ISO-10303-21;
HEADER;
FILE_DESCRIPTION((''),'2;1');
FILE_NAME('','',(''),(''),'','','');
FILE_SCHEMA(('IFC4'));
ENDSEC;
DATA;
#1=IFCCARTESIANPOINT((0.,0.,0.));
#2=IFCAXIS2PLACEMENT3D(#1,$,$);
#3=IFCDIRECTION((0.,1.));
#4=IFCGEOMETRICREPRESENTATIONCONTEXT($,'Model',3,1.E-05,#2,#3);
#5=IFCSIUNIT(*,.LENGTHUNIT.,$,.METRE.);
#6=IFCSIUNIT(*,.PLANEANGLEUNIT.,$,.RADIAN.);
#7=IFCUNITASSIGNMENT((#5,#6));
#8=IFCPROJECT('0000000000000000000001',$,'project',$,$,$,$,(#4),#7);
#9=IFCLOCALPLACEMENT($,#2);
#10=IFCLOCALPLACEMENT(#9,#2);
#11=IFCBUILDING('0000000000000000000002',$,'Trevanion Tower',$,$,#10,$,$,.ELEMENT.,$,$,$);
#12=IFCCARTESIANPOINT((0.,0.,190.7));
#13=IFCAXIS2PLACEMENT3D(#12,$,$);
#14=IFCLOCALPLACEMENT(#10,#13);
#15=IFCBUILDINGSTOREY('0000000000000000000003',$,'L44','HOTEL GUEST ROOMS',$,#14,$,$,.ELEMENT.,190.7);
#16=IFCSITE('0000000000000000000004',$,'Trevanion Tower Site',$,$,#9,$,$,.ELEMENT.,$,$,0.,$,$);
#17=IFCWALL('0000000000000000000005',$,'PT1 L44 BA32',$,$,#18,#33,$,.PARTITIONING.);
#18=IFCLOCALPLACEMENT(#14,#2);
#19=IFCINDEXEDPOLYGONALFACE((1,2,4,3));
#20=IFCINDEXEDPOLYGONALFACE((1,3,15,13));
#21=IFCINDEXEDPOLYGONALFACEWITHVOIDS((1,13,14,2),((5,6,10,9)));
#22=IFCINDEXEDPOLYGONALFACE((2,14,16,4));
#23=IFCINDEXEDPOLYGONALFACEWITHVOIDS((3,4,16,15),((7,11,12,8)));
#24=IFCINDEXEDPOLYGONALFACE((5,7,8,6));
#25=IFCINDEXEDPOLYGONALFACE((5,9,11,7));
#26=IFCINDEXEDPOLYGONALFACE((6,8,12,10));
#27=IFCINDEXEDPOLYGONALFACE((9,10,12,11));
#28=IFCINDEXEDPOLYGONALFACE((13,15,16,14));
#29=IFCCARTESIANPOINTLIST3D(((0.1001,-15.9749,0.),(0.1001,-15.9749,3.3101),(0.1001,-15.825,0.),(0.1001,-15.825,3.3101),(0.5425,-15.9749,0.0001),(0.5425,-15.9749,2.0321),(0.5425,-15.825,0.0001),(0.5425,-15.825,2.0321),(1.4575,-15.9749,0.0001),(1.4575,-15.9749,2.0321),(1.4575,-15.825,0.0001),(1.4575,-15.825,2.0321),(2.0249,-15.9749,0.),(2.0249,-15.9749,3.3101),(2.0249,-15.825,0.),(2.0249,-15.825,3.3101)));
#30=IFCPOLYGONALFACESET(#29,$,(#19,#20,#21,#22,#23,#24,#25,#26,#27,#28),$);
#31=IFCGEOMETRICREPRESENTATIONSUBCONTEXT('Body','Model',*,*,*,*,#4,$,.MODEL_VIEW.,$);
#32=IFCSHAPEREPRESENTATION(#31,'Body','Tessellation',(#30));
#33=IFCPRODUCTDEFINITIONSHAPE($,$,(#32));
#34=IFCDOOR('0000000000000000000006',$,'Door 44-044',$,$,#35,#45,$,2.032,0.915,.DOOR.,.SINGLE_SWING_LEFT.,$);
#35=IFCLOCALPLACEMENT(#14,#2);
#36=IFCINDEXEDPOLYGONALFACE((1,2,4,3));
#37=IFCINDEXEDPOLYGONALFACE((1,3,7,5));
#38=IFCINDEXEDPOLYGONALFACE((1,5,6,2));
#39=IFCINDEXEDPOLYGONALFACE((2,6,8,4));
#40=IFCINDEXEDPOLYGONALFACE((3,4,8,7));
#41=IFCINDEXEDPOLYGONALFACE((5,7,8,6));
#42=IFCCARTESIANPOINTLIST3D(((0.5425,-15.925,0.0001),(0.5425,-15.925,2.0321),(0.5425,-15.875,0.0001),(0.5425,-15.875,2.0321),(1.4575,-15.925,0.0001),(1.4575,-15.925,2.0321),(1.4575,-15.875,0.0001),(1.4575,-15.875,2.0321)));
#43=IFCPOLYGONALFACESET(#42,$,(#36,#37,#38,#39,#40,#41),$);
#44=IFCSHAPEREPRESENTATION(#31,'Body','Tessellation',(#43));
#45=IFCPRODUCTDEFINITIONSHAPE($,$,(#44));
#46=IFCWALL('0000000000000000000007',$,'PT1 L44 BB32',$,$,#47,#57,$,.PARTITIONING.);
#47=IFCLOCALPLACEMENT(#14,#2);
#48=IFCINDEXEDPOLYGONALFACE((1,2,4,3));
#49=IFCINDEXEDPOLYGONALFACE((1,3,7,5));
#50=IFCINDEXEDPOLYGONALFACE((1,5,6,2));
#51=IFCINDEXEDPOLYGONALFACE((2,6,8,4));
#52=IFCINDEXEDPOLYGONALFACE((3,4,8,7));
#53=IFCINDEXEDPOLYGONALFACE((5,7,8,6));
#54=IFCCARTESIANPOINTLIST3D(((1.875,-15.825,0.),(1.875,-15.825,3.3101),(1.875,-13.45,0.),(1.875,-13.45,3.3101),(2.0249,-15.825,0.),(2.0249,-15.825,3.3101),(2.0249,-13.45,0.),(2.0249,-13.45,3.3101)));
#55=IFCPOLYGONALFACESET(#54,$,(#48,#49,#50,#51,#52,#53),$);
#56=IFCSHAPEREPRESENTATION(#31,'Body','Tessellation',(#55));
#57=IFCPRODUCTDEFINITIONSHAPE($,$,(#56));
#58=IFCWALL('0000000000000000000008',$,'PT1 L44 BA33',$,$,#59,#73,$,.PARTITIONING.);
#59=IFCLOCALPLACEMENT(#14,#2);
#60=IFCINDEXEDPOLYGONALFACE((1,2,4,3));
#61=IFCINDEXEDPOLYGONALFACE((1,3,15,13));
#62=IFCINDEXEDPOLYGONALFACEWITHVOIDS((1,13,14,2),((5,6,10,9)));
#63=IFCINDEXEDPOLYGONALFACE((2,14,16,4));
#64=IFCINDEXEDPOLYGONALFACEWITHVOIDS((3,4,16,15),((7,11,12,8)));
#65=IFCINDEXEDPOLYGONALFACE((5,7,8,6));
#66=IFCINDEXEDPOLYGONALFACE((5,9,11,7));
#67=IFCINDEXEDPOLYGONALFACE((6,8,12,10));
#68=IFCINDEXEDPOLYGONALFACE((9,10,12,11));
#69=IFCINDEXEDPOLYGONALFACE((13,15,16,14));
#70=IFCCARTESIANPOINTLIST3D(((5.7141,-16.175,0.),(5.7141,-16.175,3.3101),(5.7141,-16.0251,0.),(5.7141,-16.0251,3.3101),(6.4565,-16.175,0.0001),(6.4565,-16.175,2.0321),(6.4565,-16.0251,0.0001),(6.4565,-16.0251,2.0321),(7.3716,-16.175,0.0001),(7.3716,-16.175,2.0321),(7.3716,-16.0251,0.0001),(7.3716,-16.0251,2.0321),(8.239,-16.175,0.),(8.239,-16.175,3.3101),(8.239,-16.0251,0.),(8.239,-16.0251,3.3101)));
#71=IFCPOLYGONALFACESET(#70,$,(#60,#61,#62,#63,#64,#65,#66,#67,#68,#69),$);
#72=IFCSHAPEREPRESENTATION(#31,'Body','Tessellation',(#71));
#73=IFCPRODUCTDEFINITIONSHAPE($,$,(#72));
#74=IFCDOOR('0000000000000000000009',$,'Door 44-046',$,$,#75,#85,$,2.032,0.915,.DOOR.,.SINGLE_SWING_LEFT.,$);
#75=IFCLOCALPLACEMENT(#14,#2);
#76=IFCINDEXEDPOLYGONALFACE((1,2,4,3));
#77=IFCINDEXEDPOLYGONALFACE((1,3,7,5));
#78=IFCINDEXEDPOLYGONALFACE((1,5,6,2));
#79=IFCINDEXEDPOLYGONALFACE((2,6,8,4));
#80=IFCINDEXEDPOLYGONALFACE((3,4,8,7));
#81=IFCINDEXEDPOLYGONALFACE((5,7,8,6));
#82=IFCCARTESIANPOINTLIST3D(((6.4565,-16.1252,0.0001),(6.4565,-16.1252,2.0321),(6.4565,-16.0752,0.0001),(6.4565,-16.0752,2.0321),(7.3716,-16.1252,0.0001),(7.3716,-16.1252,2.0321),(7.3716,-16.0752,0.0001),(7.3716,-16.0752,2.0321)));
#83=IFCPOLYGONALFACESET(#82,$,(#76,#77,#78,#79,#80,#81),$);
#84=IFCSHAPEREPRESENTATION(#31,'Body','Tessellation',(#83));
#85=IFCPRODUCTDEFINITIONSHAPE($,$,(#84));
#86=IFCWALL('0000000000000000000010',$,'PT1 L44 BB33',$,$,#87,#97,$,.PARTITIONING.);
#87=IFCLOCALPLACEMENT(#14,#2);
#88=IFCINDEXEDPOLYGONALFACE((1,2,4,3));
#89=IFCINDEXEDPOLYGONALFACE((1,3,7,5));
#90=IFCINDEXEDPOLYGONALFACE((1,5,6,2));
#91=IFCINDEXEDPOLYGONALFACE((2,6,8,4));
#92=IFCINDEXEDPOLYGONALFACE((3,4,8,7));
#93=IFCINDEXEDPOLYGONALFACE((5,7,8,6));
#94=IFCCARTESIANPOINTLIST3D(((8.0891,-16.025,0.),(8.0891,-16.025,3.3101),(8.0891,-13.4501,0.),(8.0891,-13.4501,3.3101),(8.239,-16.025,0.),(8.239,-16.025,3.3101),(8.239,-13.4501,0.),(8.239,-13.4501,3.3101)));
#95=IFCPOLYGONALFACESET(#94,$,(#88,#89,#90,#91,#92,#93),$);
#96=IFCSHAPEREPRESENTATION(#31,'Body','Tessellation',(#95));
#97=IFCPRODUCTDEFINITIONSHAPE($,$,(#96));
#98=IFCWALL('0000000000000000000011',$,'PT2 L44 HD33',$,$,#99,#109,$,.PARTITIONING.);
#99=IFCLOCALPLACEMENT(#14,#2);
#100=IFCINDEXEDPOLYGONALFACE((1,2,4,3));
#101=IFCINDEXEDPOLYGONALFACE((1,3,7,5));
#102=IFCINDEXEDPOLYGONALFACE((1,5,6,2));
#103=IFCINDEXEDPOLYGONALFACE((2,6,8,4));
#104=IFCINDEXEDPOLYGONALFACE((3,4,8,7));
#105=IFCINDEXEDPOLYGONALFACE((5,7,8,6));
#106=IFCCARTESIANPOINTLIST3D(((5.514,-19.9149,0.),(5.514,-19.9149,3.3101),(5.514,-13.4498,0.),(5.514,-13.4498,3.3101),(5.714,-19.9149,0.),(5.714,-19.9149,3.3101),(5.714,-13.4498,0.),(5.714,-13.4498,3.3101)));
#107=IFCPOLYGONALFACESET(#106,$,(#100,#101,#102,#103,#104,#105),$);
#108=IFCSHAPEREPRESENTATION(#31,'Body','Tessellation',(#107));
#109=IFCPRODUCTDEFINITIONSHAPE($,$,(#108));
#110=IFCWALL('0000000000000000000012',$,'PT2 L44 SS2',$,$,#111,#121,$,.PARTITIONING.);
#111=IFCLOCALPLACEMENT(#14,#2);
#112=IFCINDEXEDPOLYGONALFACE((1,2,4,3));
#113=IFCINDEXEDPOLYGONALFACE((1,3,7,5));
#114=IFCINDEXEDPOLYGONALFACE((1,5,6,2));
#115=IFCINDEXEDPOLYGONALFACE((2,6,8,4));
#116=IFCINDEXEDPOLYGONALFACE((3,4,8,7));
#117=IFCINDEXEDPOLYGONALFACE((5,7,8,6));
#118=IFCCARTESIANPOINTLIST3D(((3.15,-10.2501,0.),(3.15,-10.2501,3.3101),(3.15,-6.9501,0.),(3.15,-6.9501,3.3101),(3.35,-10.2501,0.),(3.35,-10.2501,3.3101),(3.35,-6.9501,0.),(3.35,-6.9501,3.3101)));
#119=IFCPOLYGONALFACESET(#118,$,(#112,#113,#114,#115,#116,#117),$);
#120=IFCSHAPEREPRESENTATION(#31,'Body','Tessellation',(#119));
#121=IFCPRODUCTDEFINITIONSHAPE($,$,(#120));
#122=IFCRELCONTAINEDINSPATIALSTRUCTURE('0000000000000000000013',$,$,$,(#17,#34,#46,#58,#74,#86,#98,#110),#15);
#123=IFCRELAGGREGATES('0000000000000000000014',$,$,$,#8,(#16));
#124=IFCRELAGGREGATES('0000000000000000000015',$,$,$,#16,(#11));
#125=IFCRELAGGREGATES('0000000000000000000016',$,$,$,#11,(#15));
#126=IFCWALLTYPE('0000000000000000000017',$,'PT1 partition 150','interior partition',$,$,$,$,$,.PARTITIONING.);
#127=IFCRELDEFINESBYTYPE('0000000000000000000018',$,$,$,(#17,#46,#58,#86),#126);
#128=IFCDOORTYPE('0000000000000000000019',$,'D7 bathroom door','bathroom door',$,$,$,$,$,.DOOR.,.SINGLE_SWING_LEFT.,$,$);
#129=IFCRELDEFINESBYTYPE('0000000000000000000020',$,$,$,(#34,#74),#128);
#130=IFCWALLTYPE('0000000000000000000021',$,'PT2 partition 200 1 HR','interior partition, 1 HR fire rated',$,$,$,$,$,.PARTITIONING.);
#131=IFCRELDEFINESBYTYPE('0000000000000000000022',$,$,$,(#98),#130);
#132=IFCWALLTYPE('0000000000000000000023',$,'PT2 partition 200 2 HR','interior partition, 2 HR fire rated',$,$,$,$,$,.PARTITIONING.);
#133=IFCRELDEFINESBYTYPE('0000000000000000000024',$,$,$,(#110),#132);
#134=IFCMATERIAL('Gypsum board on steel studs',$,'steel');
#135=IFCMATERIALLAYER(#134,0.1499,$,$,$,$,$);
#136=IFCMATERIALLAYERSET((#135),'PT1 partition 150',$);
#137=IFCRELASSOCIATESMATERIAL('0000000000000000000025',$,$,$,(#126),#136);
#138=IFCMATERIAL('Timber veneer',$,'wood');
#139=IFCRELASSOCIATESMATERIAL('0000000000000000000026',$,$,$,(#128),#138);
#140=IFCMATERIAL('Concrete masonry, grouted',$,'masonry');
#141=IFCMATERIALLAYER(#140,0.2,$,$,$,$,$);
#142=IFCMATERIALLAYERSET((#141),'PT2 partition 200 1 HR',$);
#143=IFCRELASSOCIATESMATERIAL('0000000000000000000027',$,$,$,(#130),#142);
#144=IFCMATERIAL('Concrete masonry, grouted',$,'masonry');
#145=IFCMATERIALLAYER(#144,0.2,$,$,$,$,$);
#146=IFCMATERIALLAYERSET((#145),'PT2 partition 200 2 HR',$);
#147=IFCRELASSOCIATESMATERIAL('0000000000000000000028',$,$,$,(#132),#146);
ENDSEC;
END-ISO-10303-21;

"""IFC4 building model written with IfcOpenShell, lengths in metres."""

from ifc_helpers import new_model, si_unit, direction, frame, frame_2d, origin, place, context, subcontext, project, spatial, rectangle, extrude, material, layer, layer_set, type_object, element, fill, save


model = new_model("IFC4")

# Units and contexts
model_context = context("Model", 3, precision=1e-05, world=origin(), true_north=direction((0.0, 1.0)))
body_context = subcontext(model_context, "Body", "Model", "MODEL_VIEW")
ifc_project = project(units=[si_unit("LENGTHUNIT", "METRE"), si_unit("PLANEANGLEUNIT", "RADIAN")], contexts=[model_context])

# Site, building, storey
site_placement = place(None, origin())
site = spatial("IfcSite", under=ifc_project, at=site_placement, Name="Trevanion Tower Site", CompositionType="ELEMENT", RefElevation=0.0)
building_placement = place(site_placement, origin())
building = spatial("IfcBuilding", under=site, at=building_placement, Name="Trevanion Tower", CompositionType="ELEMENT")
storey_placement = place(building_placement, frame((0.0, 0.0, 190.7)))
storey = spatial("IfcBuildingStorey", under=building, at=storey_placement, Name="L44", Description="HOTEL GUEST ROOMS", CompositionType="ELEMENT", Elevation=190.7)

# Wall, opening, door
ifc_material_1 = material(Name="Gypsum board on steel studs", Category="steel")
ifc_layer_1 = layer(ifc_material_1, 0.1499)
ifc_layer_set_1 = layer_set([ifc_layer_1], Name="PT1 partition 150")
wall_type_1 = type_object("IfcWallType", Name="PT1 partition 150", Description="interior partition", PredefinedType="PARTITIONING", material=ifc_layer_set_1)
wall_1_placement = place(storey_placement, frame((0.1001, -15.8999, 0.0), z_axis=(0.0, 0.0, 1.0), x_axis=(1.0, 0.0, 0.0)))
wall_1 = element("IfcWall", 1, at=wall_1_placement, inside=storey, type_object=wall_type_1, Name="PT1 L44 BA32", PredefinedType="PARTITIONING", context=body_context, shape_type="SweptSolid", body=[
    extrude(rectangle(XDim=1.9248, YDim=0.1499, at=frame_2d((0.9624, 0.0))), origin(), (0.0, 0.0, 1.0), 3.3101),
])
opening_1_placement = place(wall_1_placement, frame((0.4424, 0.0, 0.0)))
opening_1 = element("IfcOpeningElement", 2, at=opening_1_placement, cuts=wall_1, PredefinedType="OPENING", context=body_context, shape_type="SweptSolid", body=[
    extrude(rectangle(XDim=0.915, YDim=2.032, at=frame_2d((0.4575, 1.0161))), frame((0.0, 0.085, 0.0), z_axis=(0.0, -1.0, 0.0), x_axis=(1.0, 0.0, 0.0)), (0.0, 0.0, 1.0), 0.1699),
])
ifc_material_2 = material(Name="Timber veneer", Category="wood")
door_type = type_object("IfcDoorType", Name="D7 bathroom door", Description="bathroom door", OperationType="SINGLE_SWING_LEFT", PredefinedType="DOOR", material=ifc_material_2)
door_1_placement = place(opening_1_placement, origin())
door_1 = element("IfcDoor", 3, at=door_1_placement, inside=storey, type_object=door_type, Name="Door 44-044", OperationType="SINGLE_SWING_LEFT", OverallHeight=2.032, OverallWidth=0.915, PredefinedType="DOOR", context=body_context, shape_type="SweptSolid", body=[
    extrude(rectangle(XDim=0.915, YDim=2.032, at=frame_2d((0.4575, 1.0161))), frame((0.0, 0.0249, 0.0), z_axis=(0.0, -1.0, 0.0), x_axis=(1.0, 0.0, 0.0)), (0.0, 0.0, 1.0), 0.05),
])
fill(opening_1, door_1)

# Wall
wall_2_placement = place(storey_placement, frame((1.95, -13.45, 0.0), z_axis=(0.0, 0.0, 1.0), x_axis=(0.0, -1.0, 0.0)))
element("IfcWall", 4, at=wall_2_placement, inside=storey, type_object=wall_type_1, Name="PT1 L44 BB32", PredefinedType="PARTITIONING", context=body_context, shape_type="SweptSolid", body=[
    extrude(rectangle(XDim=2.375, YDim=0.1499, at=frame_2d((1.1875, 0.0))), origin(), (0.0, 0.0, 1.0), 3.3101),
])

# Wall, opening, door
wall_3_placement = place(storey_placement, frame((5.7141, -16.1001, 0.0), z_axis=(0.0, 0.0, 1.0), x_axis=(1.0, 0.0, 0.0)))
wall_3 = element("IfcWall", 5, at=wall_3_placement, inside=storey, type_object=wall_type_1, Name="PT1 L44 BA33", PredefinedType="PARTITIONING", context=body_context, shape_type="SweptSolid", body=[
    extrude(rectangle(XDim=2.5249, YDim=0.1499, at=frame_2d((1.2625, 0.0))), origin(), (0.0, 0.0, 1.0), 3.3101),
])
opening_2_placement = place(wall_3_placement, frame((0.7424, 0.0, 0.0)))
opening_2 = element("IfcOpeningElement", 6, at=opening_2_placement, cuts=wall_3, PredefinedType="OPENING", context=body_context, shape_type="SweptSolid", body=[
    extrude(rectangle(XDim=0.915, YDim=2.032, at=frame_2d((0.4575, 1.0161))), frame((0.0, 0.085, 0.0), z_axis=(0.0, -1.0, 0.0), x_axis=(1.0, 0.0, 0.0)), (0.0, 0.0, 1.0), 0.1699),
])
door_2_placement = place(opening_2_placement, origin())
door_2 = element("IfcDoor", 7, at=door_2_placement, inside=storey, type_object=door_type, Name="Door 44-046", OperationType="SINGLE_SWING_LEFT", OverallHeight=2.032, OverallWidth=0.915, PredefinedType="DOOR", context=body_context, shape_type="SweptSolid", body=[
    extrude(rectangle(XDim=0.915, YDim=2.032, at=frame_2d((0.4575, 1.0161))), frame((0.0, 0.0249, 0.0), z_axis=(0.0, -1.0, 0.0), x_axis=(1.0, 0.0, 0.0)), (0.0, 0.0, 1.0), 0.05),
])
fill(opening_2, door_2)

# Walls
wall_4_placement = place(storey_placement, frame((8.1641, -13.45, 0.0), z_axis=(0.0, 0.0, 1.0), x_axis=(0.0, -1.0, 0.0)))
element("IfcWall", 8, at=wall_4_placement, inside=storey, type_object=wall_type_1, Name="PT1 L44 BB33", PredefinedType="PARTITIONING", context=body_context, shape_type="SweptSolid", body=[
    extrude(rectangle(XDim=2.575, YDim=0.1499, at=frame_2d((1.2876, 0.0))), origin(), (0.0, 0.0, 1.0), 3.3101),
])
ifc_material_3 = material(Name="Concrete masonry, grouted", Category="masonry")
ifc_layer_2 = layer(ifc_material_3, 0.2)
ifc_layer_set_2 = layer_set([ifc_layer_2], Name="PT2 partition 200 1 HR")
wall_type_2 = type_object("IfcWallType", Name="PT2 partition 200 1 HR", Description="interior partition, 1 HR fire rated", PredefinedType="PARTITIONING", material=ifc_layer_set_2)
wall_5_placement = place(storey_placement, frame((5.614, -13.45, 0.0), z_axis=(0.0, 0.0, 1.0), x_axis=(0.0, -1.0, 0.0)))
element("IfcWall", 9, at=wall_5_placement, inside=storey, type_object=wall_type_2, Name="PT2 L44 HD33", PredefinedType="PARTITIONING", context=body_context, shape_type="SweptSolid", body=[
    extrude(rectangle(XDim=6.4651, YDim=0.2, at=frame_2d((3.2324, 0.0))), origin(), (0.0, 0.0, 1.0), 3.3101),
])
ifc_material_4 = material(Name="Concrete masonry, grouted", Category="masonry")
ifc_layer_3 = layer(ifc_material_4, 0.2)
ifc_layer_set_3 = layer_set([ifc_layer_3], Name="PT2 partition 200 2 HR")
wall_type_3 = type_object("IfcWallType", Name="PT2 partition 200 2 HR", Description="interior partition, 2 HR fire rated", PredefinedType="PARTITIONING", material=ifc_layer_set_3)
wall_6_placement = place(storey_placement, frame((3.25, -10.25, 0.0), z_axis=(0.0, 0.0, 1.0), x_axis=(0.0, 1.0, 0.0)))
element("IfcWall", 10, at=wall_6_placement, inside=storey, type_object=wall_type_3, Name="PT2 L44 SS2", PredefinedType="PARTITIONING", context=body_context, shape_type="SweptSolid", body=[
    extrude(rectangle(XDim=3.3, YDim=0.2, at=frame_2d((1.6499, 0.0))), origin(), (0.0, 0.0, 1.0), 3.3101),
])

save(model, "model.ifc")
